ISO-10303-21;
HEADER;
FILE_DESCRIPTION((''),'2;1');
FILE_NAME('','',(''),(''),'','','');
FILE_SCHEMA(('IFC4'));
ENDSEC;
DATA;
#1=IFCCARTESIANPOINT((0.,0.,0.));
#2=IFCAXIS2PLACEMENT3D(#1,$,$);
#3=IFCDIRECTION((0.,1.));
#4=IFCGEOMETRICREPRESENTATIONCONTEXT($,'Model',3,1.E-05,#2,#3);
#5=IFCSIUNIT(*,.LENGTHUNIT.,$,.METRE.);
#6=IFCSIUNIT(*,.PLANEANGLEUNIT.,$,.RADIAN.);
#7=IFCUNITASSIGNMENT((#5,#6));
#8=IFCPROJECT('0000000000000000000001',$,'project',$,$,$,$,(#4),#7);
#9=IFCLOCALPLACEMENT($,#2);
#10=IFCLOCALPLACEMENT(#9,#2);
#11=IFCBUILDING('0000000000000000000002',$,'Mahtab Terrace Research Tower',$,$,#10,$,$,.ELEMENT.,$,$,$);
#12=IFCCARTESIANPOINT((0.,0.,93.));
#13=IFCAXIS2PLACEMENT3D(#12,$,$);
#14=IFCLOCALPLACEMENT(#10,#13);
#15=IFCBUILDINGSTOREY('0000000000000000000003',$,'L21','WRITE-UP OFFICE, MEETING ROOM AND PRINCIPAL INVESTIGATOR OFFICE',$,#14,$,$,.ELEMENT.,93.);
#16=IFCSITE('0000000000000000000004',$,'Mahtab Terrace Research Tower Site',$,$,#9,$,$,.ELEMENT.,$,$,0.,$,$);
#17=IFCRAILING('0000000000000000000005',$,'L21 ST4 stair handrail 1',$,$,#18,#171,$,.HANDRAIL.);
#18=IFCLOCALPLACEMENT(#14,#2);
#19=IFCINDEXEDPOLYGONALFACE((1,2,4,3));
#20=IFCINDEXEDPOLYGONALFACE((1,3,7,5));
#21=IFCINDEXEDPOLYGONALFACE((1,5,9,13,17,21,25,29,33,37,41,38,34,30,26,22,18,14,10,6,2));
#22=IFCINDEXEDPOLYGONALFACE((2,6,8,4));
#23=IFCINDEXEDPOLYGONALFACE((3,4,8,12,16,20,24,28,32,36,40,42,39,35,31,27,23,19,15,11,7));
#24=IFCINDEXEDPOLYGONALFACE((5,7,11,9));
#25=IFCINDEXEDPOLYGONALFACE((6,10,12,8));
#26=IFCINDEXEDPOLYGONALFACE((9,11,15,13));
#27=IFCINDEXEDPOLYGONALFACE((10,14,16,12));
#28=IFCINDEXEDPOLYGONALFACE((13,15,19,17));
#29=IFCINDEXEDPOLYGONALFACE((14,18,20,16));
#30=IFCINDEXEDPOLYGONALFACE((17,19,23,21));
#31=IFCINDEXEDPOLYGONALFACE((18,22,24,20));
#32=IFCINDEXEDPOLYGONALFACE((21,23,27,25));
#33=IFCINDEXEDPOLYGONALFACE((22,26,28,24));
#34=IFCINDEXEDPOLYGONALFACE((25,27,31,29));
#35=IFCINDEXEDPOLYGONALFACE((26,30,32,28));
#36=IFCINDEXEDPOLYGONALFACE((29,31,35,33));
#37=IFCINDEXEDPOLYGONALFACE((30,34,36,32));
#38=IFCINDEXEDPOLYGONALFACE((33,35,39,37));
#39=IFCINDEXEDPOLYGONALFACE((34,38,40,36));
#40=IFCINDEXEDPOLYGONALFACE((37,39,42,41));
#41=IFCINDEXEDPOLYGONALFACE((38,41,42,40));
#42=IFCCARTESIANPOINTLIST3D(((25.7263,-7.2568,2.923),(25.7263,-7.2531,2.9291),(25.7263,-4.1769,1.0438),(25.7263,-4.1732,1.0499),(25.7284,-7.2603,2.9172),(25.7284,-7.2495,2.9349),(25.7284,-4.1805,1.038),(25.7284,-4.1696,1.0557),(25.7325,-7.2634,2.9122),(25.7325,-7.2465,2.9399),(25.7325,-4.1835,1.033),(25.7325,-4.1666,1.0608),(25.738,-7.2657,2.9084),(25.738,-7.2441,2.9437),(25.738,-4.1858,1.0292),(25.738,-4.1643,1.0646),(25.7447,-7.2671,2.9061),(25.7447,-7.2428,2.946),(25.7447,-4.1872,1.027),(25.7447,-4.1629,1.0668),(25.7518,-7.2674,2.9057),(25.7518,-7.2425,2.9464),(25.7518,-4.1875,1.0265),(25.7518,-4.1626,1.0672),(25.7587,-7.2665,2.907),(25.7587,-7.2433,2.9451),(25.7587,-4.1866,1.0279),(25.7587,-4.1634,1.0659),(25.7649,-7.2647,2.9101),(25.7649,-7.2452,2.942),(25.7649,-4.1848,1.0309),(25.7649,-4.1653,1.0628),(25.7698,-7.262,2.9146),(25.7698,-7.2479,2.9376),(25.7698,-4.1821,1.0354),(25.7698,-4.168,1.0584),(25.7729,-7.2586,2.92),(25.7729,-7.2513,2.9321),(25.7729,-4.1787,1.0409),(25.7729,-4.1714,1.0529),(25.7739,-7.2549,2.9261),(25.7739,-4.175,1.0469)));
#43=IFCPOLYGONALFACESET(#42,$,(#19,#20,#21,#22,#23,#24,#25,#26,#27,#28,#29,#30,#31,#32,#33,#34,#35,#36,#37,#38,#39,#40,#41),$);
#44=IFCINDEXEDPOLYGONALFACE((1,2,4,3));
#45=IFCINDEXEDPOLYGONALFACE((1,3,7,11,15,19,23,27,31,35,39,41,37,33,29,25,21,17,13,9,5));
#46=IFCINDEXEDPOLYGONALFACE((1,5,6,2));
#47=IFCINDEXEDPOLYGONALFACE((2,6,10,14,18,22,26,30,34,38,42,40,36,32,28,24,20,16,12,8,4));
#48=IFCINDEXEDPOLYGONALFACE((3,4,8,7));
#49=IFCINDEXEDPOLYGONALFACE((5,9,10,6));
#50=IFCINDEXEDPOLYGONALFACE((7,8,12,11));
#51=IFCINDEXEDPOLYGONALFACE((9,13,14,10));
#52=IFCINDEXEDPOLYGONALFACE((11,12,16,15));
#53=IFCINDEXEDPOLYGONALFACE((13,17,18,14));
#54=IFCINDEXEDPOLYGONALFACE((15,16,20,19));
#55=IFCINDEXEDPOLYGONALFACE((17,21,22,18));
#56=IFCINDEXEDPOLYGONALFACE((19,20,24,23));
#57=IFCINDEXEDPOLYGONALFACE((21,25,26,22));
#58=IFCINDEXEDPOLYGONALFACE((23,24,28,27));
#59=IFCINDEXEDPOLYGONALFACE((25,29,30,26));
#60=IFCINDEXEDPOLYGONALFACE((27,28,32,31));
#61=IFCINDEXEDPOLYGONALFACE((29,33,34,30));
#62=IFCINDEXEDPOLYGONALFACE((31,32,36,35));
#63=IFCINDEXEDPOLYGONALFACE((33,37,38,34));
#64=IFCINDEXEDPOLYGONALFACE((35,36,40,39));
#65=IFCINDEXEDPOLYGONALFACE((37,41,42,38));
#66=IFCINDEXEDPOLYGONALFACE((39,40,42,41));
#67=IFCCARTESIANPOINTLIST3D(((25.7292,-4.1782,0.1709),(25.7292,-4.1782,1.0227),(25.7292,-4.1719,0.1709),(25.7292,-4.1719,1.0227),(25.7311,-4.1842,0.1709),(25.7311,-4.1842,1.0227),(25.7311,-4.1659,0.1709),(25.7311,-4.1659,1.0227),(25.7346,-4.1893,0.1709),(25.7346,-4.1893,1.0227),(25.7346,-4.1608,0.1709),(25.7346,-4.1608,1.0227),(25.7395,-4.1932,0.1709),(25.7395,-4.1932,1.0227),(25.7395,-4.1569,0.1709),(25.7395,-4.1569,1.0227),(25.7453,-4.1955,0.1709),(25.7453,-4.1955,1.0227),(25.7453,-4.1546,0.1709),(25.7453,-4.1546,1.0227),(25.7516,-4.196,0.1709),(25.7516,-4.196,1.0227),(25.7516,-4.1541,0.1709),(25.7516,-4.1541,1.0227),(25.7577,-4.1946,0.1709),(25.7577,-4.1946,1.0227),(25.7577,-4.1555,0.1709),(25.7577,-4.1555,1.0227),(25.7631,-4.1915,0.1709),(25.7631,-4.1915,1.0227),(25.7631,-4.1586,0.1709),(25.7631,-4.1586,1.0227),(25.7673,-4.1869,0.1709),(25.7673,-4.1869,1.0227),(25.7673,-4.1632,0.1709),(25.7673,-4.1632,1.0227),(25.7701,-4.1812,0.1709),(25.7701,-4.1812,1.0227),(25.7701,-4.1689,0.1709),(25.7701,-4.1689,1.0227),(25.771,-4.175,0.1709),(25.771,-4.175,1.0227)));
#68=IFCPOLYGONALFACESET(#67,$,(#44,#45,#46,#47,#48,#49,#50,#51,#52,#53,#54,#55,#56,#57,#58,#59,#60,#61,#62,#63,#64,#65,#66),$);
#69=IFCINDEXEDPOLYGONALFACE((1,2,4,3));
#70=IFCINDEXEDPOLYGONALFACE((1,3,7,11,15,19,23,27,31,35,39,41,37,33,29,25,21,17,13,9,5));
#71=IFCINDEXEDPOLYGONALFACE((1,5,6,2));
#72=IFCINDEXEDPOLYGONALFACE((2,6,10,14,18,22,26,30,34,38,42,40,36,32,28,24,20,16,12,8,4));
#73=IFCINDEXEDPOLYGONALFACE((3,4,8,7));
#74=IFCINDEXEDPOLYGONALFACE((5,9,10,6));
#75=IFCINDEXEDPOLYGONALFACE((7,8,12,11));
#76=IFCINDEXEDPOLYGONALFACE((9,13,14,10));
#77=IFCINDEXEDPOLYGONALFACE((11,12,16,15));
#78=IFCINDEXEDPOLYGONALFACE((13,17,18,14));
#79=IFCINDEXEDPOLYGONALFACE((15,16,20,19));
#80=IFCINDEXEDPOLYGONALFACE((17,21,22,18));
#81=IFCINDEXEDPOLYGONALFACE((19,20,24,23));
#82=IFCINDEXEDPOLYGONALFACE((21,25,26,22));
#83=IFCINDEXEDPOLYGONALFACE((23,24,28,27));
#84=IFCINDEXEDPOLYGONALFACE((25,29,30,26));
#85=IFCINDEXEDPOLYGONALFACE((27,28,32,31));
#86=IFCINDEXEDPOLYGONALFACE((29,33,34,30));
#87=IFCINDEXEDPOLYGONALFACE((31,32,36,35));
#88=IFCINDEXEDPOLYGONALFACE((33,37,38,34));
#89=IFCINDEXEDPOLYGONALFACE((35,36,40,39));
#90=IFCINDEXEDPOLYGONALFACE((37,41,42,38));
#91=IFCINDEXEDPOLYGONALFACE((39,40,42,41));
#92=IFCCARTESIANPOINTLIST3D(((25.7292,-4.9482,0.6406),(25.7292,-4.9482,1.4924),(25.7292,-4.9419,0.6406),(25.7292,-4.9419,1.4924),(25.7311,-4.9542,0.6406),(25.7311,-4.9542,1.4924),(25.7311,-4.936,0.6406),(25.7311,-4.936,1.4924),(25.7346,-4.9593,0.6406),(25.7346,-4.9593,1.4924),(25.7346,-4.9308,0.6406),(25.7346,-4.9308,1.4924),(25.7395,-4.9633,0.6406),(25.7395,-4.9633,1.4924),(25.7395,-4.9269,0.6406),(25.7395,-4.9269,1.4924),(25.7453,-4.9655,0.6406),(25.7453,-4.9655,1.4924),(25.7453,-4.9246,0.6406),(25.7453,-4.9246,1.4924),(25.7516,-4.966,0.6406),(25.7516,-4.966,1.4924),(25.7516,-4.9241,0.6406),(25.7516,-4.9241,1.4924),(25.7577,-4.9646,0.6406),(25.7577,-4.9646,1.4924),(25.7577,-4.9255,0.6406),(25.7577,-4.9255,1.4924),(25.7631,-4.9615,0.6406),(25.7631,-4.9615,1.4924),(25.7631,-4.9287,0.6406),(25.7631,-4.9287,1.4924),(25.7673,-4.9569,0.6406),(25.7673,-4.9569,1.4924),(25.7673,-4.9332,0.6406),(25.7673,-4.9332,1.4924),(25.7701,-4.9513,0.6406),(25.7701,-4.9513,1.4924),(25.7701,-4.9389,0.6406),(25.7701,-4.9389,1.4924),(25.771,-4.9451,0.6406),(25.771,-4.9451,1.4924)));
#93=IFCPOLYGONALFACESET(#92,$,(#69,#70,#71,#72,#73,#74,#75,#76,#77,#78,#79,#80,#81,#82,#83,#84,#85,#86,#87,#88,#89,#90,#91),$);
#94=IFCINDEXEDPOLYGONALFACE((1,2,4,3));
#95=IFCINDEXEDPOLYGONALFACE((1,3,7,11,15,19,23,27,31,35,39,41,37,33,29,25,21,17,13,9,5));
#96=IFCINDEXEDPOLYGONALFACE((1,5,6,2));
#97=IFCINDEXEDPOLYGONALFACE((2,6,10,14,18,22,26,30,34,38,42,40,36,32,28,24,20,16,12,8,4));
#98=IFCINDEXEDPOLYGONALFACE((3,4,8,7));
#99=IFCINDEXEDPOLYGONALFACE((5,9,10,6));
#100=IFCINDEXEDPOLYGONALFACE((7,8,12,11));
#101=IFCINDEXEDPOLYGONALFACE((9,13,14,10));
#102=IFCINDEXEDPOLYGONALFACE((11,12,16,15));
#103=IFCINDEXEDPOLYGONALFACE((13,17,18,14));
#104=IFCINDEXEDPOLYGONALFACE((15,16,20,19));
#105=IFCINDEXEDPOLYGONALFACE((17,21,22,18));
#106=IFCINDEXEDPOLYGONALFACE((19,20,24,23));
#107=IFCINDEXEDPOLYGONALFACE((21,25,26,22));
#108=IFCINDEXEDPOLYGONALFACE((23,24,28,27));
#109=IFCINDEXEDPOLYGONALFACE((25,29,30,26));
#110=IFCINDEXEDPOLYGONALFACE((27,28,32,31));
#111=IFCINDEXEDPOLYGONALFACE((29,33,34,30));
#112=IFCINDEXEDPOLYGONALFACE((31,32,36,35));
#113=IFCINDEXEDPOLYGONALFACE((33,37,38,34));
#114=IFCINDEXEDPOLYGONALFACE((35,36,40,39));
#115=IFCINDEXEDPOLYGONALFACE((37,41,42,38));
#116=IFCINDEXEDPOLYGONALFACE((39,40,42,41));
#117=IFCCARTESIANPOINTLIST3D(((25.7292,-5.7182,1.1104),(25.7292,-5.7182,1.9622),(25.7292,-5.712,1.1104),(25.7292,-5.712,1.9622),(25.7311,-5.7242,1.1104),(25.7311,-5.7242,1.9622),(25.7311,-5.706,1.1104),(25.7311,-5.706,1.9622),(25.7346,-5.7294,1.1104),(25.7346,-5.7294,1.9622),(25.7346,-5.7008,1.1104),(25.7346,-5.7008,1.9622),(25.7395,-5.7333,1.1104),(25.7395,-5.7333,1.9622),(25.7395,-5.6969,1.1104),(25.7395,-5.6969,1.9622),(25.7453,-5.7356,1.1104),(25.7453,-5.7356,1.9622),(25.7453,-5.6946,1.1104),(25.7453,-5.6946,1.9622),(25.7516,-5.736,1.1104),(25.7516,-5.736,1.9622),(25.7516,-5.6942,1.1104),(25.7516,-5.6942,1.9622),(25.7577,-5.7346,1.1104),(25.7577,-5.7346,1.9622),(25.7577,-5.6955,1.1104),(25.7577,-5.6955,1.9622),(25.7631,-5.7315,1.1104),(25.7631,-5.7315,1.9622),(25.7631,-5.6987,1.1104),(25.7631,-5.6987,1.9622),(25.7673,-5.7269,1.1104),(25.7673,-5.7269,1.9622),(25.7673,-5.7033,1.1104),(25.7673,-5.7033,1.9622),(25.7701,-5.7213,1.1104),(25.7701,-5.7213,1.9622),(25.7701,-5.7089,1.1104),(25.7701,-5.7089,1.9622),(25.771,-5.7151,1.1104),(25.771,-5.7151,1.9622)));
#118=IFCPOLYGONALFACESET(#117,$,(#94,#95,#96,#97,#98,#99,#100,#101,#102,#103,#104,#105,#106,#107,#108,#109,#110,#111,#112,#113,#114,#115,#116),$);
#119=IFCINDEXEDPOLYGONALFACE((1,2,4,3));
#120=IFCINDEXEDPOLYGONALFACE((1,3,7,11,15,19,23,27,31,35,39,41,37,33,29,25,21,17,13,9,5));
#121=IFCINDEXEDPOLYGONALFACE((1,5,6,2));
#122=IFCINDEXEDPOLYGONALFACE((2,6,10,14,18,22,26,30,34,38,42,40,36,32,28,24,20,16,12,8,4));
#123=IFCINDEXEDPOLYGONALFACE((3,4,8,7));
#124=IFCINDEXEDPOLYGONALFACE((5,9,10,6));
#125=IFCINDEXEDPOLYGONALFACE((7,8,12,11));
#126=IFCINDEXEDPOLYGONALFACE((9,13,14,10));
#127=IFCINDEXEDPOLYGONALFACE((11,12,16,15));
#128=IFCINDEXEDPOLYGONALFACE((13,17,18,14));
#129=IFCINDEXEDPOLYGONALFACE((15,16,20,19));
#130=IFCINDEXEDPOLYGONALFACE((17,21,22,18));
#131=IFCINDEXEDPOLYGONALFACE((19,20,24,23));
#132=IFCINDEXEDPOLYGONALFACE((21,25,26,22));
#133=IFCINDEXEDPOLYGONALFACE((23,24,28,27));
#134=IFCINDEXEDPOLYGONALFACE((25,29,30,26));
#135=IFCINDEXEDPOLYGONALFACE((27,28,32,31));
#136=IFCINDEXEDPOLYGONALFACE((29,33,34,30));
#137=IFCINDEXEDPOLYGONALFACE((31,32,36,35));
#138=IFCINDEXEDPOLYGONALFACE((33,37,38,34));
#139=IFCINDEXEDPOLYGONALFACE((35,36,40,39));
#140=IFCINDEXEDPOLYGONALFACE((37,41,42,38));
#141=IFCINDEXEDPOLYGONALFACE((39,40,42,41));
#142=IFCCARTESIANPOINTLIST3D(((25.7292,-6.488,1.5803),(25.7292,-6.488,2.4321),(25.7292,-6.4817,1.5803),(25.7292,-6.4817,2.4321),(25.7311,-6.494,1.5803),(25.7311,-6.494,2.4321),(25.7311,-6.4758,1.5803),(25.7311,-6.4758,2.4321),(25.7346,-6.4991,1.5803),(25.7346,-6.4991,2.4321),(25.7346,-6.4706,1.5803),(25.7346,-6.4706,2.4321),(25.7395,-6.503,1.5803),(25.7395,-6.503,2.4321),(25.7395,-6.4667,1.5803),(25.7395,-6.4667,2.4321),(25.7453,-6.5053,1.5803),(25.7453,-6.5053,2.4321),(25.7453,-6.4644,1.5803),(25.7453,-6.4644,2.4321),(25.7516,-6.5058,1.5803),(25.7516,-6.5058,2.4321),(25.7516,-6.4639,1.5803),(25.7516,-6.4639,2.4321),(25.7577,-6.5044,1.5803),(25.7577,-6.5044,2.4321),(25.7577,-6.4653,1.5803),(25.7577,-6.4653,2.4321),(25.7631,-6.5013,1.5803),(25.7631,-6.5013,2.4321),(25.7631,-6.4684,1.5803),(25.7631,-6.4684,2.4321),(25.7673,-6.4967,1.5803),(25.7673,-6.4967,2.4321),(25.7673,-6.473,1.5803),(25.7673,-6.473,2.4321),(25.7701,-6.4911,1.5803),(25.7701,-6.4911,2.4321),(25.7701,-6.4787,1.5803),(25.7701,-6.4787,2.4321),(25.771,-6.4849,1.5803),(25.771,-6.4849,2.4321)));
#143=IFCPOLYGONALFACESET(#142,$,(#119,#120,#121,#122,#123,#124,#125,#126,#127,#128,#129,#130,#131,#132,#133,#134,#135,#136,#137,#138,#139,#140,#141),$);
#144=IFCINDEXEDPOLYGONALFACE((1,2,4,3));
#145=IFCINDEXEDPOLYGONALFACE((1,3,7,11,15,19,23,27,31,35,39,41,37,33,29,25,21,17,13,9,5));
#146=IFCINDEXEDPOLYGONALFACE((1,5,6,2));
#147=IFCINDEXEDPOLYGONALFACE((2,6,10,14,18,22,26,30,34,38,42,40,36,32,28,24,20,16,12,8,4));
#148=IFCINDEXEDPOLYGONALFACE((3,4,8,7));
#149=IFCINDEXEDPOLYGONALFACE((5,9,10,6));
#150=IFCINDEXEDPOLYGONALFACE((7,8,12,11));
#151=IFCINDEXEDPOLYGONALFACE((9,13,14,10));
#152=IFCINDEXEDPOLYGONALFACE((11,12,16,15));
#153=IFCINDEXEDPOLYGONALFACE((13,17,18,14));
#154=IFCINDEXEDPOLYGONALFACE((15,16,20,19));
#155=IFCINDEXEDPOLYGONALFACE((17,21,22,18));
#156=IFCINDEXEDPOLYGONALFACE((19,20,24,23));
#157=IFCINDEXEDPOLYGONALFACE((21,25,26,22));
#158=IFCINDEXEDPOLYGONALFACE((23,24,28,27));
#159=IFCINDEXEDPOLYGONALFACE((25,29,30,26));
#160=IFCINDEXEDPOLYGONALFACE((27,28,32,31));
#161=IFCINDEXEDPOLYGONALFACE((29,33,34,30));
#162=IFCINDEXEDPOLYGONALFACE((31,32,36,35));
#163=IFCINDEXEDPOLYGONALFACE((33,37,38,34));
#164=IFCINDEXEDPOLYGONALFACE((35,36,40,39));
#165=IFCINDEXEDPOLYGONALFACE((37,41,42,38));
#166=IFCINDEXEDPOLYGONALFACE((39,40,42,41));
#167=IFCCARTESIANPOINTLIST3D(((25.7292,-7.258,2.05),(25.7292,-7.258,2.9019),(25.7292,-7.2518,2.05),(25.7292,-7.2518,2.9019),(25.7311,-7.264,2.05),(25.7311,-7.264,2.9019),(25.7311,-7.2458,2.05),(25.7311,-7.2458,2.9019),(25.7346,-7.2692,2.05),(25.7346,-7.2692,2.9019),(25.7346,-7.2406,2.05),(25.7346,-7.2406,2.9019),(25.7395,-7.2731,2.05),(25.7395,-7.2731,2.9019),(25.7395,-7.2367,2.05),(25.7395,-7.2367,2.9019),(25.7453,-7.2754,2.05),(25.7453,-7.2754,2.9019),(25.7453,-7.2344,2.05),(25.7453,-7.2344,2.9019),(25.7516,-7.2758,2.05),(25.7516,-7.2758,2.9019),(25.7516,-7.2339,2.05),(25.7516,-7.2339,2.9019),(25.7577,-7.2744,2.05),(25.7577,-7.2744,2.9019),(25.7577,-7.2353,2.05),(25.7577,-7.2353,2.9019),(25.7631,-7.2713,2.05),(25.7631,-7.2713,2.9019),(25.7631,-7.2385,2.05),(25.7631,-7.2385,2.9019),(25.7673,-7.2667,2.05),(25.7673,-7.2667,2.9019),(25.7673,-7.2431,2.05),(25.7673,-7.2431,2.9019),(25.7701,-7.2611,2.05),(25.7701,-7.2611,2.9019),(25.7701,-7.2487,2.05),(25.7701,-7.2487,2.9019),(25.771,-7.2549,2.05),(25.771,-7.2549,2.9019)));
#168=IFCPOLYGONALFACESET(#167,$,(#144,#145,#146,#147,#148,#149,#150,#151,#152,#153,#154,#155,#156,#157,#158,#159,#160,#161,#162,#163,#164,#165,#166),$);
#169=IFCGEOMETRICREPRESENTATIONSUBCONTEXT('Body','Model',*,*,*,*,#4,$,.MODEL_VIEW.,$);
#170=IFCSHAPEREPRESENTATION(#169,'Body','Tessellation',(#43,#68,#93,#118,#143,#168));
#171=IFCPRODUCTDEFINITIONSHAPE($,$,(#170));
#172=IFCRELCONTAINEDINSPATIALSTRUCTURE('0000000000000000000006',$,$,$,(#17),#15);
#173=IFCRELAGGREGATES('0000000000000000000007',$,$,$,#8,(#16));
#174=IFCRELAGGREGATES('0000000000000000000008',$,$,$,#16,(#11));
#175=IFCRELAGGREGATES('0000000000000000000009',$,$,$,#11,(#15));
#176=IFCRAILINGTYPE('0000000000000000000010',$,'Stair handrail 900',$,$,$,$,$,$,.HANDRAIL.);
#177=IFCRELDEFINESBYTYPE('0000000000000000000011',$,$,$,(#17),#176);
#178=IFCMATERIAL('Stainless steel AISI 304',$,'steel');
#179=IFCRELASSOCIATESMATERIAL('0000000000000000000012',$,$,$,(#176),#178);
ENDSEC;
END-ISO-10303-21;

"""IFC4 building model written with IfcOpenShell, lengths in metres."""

from ifc_helpers import new_model, si_unit, direction, frame, origin, origin_2d, place, context, subcontext, project, spatial, circle, extrude, material, type_object, element, save


model = new_model("IFC4")

# Units and contexts
model_context = context("Model", 3, precision=1e-05, world=origin(), true_north=direction((0.0, 1.0)))
body_context = subcontext(model_context, "Body", "Model", "MODEL_VIEW")
ifc_project = project(units=[si_unit("LENGTHUNIT", "METRE"), si_unit("PLANEANGLEUNIT", "RADIAN")], contexts=[model_context])

# Site, building, storey
site_placement = place(None, origin())
site = spatial("IfcSite", under=ifc_project, at=site_placement, Name="Mahtab Terrace Research Tower Site", CompositionType="ELEMENT", RefElevation=0.0)
building_placement = place(site_placement, origin())
building = spatial("IfcBuilding", under=site, at=building_placement, Name="Mahtab Terrace Research Tower", CompositionType="ELEMENT")
storey_placement = place(building_placement, frame((0.0, 0.0, 93.0)))
storey = spatial("IfcBuildingStorey", under=building, at=storey_placement, Name="L21", Description="WRITE-UP OFFICE, MEETING ROOM AND PRINCIPAL INVESTIGATOR OFFICE", CompositionType="ELEMENT", Elevation=93.0)

# Shared definitions
ifc_material_1 = material(Name="Stainless steel AISI 304", Category="steel")

# Railing
railing_type_1 = type_object("IfcRailingType", Name="Stair handrail 900", PredefinedType="HANDRAIL", material=ifc_material_1)
railing_1_placement = place(storey_placement, frame((25.75, -4.175, 0.1709)))
element("IfcRailing", 1, at=railing_1_placement, inside=storey, type_object=railing_type_1, Name="L21 ST4 stair handrail 1", PredefinedType="HANDRAIL", context=body_context, shape_type="SweptSolid", body=[
    extrude(circle(Radius=0.0239, at=origin_2d()), frame((0.0, 0.0, 0.876), z_axis=(0.0, -0.853648, 0.52085), x_axis=(1.0, 0.0, 0.0)), (0.0, 0.0, 1.0), 3.6079),
    extrude(circle(Radius=0.021, at=origin_2d()), origin(), (0.0, 0.0, 1.0), 0.8518),
    extrude(circle(Radius=0.021, at=origin_2d()), frame((0.0, -0.77, 0.4697)), (0.0, 0.0, 1.0), 0.8518),
    extrude(circle(Radius=0.021, at=origin_2d()), frame((0.0, -1.54, 0.9395)), (0.0, 0.0, 1.0), 0.8518),
    extrude(circle(Radius=0.021, at=origin_2d()), frame((0.0, -2.3098, 1.4094)), (0.0, 0.0, 1.0), 0.8518),
    extrude(circle(Radius=0.021, at=origin_2d()), frame((0.0, -3.0798, 1.8792)), (0.0, 0.0, 1.0), 0.8518),
])

save(model, "model.ifc")
